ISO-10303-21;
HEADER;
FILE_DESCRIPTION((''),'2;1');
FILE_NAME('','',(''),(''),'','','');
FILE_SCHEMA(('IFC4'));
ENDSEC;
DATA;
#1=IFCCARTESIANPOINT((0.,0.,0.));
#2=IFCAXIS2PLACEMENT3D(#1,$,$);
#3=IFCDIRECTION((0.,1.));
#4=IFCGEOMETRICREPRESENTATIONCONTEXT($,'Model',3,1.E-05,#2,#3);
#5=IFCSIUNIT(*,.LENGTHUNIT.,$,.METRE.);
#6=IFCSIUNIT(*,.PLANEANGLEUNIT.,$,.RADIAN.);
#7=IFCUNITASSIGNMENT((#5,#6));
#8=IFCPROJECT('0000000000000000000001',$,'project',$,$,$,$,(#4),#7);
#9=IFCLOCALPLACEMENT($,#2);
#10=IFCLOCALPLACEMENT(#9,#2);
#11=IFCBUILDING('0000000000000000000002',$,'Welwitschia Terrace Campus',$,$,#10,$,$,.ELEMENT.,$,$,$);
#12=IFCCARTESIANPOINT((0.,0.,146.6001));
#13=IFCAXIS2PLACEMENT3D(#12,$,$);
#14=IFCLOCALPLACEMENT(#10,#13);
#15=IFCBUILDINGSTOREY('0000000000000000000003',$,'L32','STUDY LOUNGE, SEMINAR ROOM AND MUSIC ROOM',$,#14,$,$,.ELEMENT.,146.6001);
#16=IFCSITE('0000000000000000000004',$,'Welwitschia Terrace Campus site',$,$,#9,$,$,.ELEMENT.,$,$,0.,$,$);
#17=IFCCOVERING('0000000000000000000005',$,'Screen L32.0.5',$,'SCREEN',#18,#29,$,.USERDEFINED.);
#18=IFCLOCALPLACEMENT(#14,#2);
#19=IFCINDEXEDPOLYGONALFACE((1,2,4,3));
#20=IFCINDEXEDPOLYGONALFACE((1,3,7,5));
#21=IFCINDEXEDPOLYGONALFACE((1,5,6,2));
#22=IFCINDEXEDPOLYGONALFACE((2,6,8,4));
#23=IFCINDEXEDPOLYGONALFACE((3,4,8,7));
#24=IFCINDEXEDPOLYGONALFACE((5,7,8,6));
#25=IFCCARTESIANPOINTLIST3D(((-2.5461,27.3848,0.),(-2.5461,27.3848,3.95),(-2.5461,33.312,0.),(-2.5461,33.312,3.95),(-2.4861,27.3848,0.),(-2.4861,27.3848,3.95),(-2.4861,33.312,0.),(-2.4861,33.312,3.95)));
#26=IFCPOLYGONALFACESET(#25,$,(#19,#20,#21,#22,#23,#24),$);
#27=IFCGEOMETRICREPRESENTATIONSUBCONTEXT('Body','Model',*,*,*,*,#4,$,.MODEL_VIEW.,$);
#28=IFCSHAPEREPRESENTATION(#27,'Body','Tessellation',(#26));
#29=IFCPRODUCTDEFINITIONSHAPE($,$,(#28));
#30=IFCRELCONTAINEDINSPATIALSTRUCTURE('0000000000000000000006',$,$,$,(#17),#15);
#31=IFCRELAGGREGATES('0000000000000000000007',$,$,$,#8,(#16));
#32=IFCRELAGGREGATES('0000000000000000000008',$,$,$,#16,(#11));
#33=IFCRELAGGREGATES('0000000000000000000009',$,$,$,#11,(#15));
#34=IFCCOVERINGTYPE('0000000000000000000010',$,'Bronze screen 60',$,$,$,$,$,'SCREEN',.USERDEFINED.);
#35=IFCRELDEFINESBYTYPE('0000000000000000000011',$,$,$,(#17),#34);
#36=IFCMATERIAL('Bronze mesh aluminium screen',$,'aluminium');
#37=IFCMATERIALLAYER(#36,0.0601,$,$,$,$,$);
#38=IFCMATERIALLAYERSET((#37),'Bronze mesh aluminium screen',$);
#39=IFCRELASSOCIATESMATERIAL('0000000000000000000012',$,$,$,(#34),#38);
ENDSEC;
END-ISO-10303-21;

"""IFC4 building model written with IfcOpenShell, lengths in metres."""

from ifc_helpers import new_model, si_unit, direction, frame, origin, origin_2d, place, context, subcontext, project, spatial, rectangle, extrude, material, layer, layer_set, type_object, element, save


model = new_model("IFC4")

# Units and contexts
model_context = context("Model", 3, precision=1e-05, world=origin(), true_north=direction((0.0, 1.0)))
body_context = subcontext(model_context, "Body", "Model", "MODEL_VIEW")
ifc_project = project(units=[si_unit("LENGTHUNIT", "METRE"), si_unit("PLANEANGLEUNIT", "RADIAN")], contexts=[model_context])

# Site, building, storey
site_placement = place(None, origin())
site = spatial("IfcSite", under=ifc_project, at=site_placement, Name="Welwitschia Terrace Campus site", CompositionType="ELEMENT", RefElevation=0.0)
building_placement = place(site_placement, origin())
building = spatial("IfcBuilding", under=site, at=building_placement, Name="Welwitschia Terrace Campus", CompositionType="ELEMENT")
storey_placement = place(building_placement, frame((0.0, 0.0, 146.6001)))
storey = spatial("IfcBuildingStorey", under=building, at=storey_placement, Name="L32", Description="STUDY LOUNGE, SEMINAR ROOM AND MUSIC ROOM", CompositionType="ELEMENT", Elevation=146.6001)

# Covering
ifc_material_1 = material(Name="Bronze mesh aluminium screen", Category="aluminium")
ifc_layer_1 = layer(ifc_material_1, 0.0601)
ifc_layer_set_1 = layer_set([ifc_layer_1], Name="Bronze mesh aluminium screen")
covering_type = type_object("IfcCoveringType", Name="Bronze screen 60", ElementType="SCREEN", PredefinedType="USERDEFINED", material=ifc_layer_set_1)
for number, where, z_axis, x_axis, name in (
    (1, (-2.5161, 30.3484, 0.0), (0.0, 0.0, 1.0), (0.0, -1.0, 0.0), "Screen L32.0.5"),
):
    element("IfcCovering", number, at=place(storey_placement, frame(where, z_axis=z_axis, x_axis=x_axis)), inside=storey, type_object=covering_type, Name=name, ObjectType="SCREEN", PredefinedType="USERDEFINED", context=body_context, shape_type="SweptSolid", body=[
        extrude(rectangle(XDim=5.9272, YDim=0.0601, at=origin_2d()), origin(), (0.0, 0.0, 1.0), 3.95),
    ])

save(model, "model.ifc")
